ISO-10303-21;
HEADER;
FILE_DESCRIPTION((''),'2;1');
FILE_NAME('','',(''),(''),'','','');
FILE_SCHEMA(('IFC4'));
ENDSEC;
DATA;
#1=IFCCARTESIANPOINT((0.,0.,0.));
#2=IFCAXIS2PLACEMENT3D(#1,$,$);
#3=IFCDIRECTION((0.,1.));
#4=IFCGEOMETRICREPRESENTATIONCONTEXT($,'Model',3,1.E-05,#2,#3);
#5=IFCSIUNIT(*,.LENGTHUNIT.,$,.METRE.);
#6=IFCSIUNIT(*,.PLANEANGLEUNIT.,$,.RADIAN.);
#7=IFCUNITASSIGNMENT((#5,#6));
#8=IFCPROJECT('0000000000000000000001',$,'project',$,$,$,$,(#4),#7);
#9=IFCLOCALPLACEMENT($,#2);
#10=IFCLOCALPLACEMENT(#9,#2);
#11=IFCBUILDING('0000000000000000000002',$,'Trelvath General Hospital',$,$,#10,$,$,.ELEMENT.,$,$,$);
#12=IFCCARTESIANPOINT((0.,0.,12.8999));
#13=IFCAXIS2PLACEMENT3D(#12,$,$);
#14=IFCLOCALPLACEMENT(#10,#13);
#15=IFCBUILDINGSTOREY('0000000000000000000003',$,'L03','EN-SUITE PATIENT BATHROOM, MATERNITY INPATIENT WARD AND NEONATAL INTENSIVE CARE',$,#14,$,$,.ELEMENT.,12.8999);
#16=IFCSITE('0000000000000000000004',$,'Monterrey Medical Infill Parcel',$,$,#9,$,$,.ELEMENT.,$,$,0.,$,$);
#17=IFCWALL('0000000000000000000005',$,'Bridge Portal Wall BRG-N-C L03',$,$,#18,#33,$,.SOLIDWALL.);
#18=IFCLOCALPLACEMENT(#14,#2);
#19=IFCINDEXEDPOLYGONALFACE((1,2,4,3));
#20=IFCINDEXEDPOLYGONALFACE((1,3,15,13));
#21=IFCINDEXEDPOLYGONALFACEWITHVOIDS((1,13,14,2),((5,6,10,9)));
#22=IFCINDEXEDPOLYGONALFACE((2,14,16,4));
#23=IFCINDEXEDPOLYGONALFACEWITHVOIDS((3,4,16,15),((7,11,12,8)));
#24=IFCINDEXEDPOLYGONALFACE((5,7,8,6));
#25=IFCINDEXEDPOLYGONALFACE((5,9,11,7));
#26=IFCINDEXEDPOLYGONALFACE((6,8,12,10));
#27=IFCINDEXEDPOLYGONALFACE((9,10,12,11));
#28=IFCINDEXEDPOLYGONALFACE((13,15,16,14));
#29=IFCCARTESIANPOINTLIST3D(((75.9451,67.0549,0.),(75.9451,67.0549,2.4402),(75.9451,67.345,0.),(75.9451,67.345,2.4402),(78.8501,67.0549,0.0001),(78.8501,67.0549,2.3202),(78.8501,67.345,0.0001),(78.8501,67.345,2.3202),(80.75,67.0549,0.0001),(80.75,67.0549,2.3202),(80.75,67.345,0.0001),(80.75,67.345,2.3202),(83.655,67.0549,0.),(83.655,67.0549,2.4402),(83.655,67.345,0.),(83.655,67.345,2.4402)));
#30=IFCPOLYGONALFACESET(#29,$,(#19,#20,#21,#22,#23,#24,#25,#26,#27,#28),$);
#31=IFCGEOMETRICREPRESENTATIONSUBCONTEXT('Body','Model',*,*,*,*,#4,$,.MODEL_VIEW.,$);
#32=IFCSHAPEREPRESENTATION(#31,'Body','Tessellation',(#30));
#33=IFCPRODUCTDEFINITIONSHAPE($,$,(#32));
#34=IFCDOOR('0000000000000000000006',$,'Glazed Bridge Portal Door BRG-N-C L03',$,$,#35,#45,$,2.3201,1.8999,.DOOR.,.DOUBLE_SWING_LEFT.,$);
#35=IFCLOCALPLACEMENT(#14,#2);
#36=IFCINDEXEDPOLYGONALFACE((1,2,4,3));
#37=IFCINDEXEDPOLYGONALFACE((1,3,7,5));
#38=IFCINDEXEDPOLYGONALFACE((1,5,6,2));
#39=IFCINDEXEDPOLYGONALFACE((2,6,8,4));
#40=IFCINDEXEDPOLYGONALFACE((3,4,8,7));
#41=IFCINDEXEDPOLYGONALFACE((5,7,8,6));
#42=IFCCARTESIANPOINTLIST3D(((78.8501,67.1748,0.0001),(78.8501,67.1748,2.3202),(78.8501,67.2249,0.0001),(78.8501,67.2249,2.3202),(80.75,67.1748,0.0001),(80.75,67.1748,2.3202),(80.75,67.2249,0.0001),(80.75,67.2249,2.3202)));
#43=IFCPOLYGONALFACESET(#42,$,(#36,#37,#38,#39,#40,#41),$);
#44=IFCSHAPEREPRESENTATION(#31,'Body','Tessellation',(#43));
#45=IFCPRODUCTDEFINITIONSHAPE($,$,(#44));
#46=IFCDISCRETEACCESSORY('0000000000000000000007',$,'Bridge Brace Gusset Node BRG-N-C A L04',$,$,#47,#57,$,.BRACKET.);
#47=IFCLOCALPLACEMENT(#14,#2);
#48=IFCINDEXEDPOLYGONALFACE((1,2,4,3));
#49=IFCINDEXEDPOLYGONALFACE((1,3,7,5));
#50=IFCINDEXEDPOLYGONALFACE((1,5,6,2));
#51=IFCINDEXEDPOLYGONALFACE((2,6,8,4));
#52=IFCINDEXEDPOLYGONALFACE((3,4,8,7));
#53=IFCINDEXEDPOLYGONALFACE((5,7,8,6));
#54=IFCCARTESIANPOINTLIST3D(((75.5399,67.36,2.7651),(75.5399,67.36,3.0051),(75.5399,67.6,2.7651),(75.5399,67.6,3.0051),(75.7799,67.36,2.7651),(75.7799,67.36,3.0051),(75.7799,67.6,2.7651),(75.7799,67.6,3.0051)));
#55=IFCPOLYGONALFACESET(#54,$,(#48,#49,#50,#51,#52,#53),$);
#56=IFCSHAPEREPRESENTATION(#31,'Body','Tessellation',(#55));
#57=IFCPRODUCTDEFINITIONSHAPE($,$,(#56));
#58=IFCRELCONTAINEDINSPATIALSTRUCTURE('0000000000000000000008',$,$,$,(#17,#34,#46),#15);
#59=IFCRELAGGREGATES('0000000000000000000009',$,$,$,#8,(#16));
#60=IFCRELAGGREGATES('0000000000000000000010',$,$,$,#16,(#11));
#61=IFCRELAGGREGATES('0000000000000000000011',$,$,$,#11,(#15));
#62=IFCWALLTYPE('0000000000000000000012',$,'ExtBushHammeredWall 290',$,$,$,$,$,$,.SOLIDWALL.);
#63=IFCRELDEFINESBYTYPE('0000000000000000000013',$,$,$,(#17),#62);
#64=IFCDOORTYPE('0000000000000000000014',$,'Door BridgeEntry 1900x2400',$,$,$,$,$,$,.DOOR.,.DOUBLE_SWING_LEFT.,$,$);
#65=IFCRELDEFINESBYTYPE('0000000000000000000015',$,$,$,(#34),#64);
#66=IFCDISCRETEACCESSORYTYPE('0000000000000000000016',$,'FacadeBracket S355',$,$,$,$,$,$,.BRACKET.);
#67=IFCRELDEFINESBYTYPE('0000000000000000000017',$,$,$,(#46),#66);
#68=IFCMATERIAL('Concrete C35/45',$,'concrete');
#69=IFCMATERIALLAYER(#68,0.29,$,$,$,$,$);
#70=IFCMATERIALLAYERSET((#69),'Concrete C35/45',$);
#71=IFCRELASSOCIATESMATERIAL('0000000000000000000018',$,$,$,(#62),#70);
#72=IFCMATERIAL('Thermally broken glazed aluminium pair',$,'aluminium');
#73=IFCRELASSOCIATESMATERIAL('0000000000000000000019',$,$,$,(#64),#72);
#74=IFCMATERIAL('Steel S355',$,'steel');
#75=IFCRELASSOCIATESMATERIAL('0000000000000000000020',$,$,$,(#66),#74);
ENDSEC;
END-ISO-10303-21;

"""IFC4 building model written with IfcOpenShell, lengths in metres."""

from ifc_helpers import new_model, si_unit, direction, frame, frame_2d, origin, origin_2d, place, context, subcontext, project, spatial, rectangle, extrude, material, layer, layer_set, type_object, element, fill, save


model = new_model("IFC4")

# Units and contexts
model_context = context("Model", 3, precision=1e-05, world=origin(), true_north=direction((0.0, 1.0)))
body_context = subcontext(model_context, "Body", "Model", "MODEL_VIEW")
ifc_project = project(units=[si_unit("LENGTHUNIT", "METRE"), si_unit("PLANEANGLEUNIT", "RADIAN")], contexts=[model_context])

# Site, building, storey
site_placement = place(None, origin())
site = spatial("IfcSite", under=ifc_project, at=site_placement, Name="Monterrey Medical Infill Parcel", CompositionType="ELEMENT", RefElevation=0.0)
building_placement = place(site_placement, origin())
building = spatial("IfcBuilding", under=site, at=building_placement, Name="Trelvath General Hospital", CompositionType="ELEMENT")
storey_placement = place(building_placement, frame((0.0, 0.0, 12.8999)))
storey = spatial("IfcBuildingStorey", under=building, at=storey_placement, Name="L03", Description="EN-SUITE PATIENT BATHROOM, MATERNITY INPATIENT WARD AND NEONATAL INTENSIVE CARE", CompositionType="ELEMENT", Elevation=12.8999)

# Wall, opening, door
ifc_material_1 = material(Name="Concrete C35/45", Category="concrete")
ifc_layer_1 = layer(ifc_material_1, 0.29)
ifc_layer_set_1 = layer_set([ifc_layer_1], Name="Concrete C35/45")
wall_type = type_object("IfcWallType", Name="ExtBushHammeredWall 290", PredefinedType="SOLIDWALL", material=ifc_layer_set_1)
wall_placement = place(storey_placement, frame((75.9451, 67.2, 0.0), z_axis=(0.0, 0.0, 1.0), x_axis=(1.0, 0.0, 0.0)))
wall = element("IfcWall", 1, at=wall_placement, inside=storey, type_object=wall_type, Name="Bridge Portal Wall BRG-N-C L03", PredefinedType="SOLIDWALL", context=body_context, shape_type="SweptSolid", body=[
    extrude(rectangle(XDim=7.71, YDim=0.29, at=frame_2d((3.855, 0.0))), origin(), (0.0, 0.0, 1.0), 2.4402),
])
opening_placement = place(wall_placement, frame((2.905, 0.0, 0.0)))
opening = element("IfcOpeningElement", 2, at=opening_placement, cuts=wall, PredefinedType="OPENING", context=body_context, shape_type="SweptSolid", body=[
    extrude(rectangle(XDim=1.8999, YDim=2.3201, at=frame_2d((0.95, 1.1602))), frame((0.0, 0.155, 0.0), z_axis=(0.0, -1.0, 0.0), x_axis=(1.0, 0.0, 0.0)), (0.0, 0.0, 1.0), 0.3101),
])
ifc_material_2 = material(Name="Thermally broken glazed aluminium pair", Category="aluminium")
door_type = type_object("IfcDoorType", Name="Door BridgeEntry 1900x2400", OperationType="DOUBLE_SWING_LEFT", PredefinedType="DOOR", material=ifc_material_2)
door_placement = place(opening_placement, origin())
door = element("IfcDoor", 3, at=door_placement, inside=storey, type_object=door_type, Name="Glazed Bridge Portal Door BRG-N-C L03", OperationType="DOUBLE_SWING_LEFT", OverallHeight=2.3201, OverallWidth=1.8999, PredefinedType="DOOR", context=body_context, shape_type="SweptSolid", body=[
    extrude(rectangle(XDim=1.8999, YDim=2.3201, at=frame_2d((0.95, 1.1602))), frame((0.0, 0.0249, 0.0), z_axis=(0.0, -1.0, 0.0), x_axis=(1.0, 0.0, 0.0)), (0.0, 0.0, 1.0), 0.05),
])
fill(opening, door)

# Discrete accessory
ifc_material_3 = material(Name="Steel S355", Category="steel")
discrete_accessory_type = type_object("IfcDiscreteAccessoryType", Name="FacadeBracket S355", PredefinedType="BRACKET", material=ifc_material_3)
discrete_accessory_placement = place(storey_placement, frame((75.6599, 67.48, 2.7651), z_axis=(0.0, 0.0, 1.0), x_axis=(1.0, 0.0, 0.0)))
element("IfcDiscreteAccessory", 4, at=discrete_accessory_placement, inside=storey, type_object=discrete_accessory_type, Name="Bridge Brace Gusset Node BRG-N-C A L04", PredefinedType="BRACKET", context=body_context, shape_type="SweptSolid", body=[
    extrude(rectangle(XDim=0.24, YDim=0.24, at=origin_2d()), origin(), (0.0, 0.0, 1.0), 0.24),
])

save(model, "model.ifc")
